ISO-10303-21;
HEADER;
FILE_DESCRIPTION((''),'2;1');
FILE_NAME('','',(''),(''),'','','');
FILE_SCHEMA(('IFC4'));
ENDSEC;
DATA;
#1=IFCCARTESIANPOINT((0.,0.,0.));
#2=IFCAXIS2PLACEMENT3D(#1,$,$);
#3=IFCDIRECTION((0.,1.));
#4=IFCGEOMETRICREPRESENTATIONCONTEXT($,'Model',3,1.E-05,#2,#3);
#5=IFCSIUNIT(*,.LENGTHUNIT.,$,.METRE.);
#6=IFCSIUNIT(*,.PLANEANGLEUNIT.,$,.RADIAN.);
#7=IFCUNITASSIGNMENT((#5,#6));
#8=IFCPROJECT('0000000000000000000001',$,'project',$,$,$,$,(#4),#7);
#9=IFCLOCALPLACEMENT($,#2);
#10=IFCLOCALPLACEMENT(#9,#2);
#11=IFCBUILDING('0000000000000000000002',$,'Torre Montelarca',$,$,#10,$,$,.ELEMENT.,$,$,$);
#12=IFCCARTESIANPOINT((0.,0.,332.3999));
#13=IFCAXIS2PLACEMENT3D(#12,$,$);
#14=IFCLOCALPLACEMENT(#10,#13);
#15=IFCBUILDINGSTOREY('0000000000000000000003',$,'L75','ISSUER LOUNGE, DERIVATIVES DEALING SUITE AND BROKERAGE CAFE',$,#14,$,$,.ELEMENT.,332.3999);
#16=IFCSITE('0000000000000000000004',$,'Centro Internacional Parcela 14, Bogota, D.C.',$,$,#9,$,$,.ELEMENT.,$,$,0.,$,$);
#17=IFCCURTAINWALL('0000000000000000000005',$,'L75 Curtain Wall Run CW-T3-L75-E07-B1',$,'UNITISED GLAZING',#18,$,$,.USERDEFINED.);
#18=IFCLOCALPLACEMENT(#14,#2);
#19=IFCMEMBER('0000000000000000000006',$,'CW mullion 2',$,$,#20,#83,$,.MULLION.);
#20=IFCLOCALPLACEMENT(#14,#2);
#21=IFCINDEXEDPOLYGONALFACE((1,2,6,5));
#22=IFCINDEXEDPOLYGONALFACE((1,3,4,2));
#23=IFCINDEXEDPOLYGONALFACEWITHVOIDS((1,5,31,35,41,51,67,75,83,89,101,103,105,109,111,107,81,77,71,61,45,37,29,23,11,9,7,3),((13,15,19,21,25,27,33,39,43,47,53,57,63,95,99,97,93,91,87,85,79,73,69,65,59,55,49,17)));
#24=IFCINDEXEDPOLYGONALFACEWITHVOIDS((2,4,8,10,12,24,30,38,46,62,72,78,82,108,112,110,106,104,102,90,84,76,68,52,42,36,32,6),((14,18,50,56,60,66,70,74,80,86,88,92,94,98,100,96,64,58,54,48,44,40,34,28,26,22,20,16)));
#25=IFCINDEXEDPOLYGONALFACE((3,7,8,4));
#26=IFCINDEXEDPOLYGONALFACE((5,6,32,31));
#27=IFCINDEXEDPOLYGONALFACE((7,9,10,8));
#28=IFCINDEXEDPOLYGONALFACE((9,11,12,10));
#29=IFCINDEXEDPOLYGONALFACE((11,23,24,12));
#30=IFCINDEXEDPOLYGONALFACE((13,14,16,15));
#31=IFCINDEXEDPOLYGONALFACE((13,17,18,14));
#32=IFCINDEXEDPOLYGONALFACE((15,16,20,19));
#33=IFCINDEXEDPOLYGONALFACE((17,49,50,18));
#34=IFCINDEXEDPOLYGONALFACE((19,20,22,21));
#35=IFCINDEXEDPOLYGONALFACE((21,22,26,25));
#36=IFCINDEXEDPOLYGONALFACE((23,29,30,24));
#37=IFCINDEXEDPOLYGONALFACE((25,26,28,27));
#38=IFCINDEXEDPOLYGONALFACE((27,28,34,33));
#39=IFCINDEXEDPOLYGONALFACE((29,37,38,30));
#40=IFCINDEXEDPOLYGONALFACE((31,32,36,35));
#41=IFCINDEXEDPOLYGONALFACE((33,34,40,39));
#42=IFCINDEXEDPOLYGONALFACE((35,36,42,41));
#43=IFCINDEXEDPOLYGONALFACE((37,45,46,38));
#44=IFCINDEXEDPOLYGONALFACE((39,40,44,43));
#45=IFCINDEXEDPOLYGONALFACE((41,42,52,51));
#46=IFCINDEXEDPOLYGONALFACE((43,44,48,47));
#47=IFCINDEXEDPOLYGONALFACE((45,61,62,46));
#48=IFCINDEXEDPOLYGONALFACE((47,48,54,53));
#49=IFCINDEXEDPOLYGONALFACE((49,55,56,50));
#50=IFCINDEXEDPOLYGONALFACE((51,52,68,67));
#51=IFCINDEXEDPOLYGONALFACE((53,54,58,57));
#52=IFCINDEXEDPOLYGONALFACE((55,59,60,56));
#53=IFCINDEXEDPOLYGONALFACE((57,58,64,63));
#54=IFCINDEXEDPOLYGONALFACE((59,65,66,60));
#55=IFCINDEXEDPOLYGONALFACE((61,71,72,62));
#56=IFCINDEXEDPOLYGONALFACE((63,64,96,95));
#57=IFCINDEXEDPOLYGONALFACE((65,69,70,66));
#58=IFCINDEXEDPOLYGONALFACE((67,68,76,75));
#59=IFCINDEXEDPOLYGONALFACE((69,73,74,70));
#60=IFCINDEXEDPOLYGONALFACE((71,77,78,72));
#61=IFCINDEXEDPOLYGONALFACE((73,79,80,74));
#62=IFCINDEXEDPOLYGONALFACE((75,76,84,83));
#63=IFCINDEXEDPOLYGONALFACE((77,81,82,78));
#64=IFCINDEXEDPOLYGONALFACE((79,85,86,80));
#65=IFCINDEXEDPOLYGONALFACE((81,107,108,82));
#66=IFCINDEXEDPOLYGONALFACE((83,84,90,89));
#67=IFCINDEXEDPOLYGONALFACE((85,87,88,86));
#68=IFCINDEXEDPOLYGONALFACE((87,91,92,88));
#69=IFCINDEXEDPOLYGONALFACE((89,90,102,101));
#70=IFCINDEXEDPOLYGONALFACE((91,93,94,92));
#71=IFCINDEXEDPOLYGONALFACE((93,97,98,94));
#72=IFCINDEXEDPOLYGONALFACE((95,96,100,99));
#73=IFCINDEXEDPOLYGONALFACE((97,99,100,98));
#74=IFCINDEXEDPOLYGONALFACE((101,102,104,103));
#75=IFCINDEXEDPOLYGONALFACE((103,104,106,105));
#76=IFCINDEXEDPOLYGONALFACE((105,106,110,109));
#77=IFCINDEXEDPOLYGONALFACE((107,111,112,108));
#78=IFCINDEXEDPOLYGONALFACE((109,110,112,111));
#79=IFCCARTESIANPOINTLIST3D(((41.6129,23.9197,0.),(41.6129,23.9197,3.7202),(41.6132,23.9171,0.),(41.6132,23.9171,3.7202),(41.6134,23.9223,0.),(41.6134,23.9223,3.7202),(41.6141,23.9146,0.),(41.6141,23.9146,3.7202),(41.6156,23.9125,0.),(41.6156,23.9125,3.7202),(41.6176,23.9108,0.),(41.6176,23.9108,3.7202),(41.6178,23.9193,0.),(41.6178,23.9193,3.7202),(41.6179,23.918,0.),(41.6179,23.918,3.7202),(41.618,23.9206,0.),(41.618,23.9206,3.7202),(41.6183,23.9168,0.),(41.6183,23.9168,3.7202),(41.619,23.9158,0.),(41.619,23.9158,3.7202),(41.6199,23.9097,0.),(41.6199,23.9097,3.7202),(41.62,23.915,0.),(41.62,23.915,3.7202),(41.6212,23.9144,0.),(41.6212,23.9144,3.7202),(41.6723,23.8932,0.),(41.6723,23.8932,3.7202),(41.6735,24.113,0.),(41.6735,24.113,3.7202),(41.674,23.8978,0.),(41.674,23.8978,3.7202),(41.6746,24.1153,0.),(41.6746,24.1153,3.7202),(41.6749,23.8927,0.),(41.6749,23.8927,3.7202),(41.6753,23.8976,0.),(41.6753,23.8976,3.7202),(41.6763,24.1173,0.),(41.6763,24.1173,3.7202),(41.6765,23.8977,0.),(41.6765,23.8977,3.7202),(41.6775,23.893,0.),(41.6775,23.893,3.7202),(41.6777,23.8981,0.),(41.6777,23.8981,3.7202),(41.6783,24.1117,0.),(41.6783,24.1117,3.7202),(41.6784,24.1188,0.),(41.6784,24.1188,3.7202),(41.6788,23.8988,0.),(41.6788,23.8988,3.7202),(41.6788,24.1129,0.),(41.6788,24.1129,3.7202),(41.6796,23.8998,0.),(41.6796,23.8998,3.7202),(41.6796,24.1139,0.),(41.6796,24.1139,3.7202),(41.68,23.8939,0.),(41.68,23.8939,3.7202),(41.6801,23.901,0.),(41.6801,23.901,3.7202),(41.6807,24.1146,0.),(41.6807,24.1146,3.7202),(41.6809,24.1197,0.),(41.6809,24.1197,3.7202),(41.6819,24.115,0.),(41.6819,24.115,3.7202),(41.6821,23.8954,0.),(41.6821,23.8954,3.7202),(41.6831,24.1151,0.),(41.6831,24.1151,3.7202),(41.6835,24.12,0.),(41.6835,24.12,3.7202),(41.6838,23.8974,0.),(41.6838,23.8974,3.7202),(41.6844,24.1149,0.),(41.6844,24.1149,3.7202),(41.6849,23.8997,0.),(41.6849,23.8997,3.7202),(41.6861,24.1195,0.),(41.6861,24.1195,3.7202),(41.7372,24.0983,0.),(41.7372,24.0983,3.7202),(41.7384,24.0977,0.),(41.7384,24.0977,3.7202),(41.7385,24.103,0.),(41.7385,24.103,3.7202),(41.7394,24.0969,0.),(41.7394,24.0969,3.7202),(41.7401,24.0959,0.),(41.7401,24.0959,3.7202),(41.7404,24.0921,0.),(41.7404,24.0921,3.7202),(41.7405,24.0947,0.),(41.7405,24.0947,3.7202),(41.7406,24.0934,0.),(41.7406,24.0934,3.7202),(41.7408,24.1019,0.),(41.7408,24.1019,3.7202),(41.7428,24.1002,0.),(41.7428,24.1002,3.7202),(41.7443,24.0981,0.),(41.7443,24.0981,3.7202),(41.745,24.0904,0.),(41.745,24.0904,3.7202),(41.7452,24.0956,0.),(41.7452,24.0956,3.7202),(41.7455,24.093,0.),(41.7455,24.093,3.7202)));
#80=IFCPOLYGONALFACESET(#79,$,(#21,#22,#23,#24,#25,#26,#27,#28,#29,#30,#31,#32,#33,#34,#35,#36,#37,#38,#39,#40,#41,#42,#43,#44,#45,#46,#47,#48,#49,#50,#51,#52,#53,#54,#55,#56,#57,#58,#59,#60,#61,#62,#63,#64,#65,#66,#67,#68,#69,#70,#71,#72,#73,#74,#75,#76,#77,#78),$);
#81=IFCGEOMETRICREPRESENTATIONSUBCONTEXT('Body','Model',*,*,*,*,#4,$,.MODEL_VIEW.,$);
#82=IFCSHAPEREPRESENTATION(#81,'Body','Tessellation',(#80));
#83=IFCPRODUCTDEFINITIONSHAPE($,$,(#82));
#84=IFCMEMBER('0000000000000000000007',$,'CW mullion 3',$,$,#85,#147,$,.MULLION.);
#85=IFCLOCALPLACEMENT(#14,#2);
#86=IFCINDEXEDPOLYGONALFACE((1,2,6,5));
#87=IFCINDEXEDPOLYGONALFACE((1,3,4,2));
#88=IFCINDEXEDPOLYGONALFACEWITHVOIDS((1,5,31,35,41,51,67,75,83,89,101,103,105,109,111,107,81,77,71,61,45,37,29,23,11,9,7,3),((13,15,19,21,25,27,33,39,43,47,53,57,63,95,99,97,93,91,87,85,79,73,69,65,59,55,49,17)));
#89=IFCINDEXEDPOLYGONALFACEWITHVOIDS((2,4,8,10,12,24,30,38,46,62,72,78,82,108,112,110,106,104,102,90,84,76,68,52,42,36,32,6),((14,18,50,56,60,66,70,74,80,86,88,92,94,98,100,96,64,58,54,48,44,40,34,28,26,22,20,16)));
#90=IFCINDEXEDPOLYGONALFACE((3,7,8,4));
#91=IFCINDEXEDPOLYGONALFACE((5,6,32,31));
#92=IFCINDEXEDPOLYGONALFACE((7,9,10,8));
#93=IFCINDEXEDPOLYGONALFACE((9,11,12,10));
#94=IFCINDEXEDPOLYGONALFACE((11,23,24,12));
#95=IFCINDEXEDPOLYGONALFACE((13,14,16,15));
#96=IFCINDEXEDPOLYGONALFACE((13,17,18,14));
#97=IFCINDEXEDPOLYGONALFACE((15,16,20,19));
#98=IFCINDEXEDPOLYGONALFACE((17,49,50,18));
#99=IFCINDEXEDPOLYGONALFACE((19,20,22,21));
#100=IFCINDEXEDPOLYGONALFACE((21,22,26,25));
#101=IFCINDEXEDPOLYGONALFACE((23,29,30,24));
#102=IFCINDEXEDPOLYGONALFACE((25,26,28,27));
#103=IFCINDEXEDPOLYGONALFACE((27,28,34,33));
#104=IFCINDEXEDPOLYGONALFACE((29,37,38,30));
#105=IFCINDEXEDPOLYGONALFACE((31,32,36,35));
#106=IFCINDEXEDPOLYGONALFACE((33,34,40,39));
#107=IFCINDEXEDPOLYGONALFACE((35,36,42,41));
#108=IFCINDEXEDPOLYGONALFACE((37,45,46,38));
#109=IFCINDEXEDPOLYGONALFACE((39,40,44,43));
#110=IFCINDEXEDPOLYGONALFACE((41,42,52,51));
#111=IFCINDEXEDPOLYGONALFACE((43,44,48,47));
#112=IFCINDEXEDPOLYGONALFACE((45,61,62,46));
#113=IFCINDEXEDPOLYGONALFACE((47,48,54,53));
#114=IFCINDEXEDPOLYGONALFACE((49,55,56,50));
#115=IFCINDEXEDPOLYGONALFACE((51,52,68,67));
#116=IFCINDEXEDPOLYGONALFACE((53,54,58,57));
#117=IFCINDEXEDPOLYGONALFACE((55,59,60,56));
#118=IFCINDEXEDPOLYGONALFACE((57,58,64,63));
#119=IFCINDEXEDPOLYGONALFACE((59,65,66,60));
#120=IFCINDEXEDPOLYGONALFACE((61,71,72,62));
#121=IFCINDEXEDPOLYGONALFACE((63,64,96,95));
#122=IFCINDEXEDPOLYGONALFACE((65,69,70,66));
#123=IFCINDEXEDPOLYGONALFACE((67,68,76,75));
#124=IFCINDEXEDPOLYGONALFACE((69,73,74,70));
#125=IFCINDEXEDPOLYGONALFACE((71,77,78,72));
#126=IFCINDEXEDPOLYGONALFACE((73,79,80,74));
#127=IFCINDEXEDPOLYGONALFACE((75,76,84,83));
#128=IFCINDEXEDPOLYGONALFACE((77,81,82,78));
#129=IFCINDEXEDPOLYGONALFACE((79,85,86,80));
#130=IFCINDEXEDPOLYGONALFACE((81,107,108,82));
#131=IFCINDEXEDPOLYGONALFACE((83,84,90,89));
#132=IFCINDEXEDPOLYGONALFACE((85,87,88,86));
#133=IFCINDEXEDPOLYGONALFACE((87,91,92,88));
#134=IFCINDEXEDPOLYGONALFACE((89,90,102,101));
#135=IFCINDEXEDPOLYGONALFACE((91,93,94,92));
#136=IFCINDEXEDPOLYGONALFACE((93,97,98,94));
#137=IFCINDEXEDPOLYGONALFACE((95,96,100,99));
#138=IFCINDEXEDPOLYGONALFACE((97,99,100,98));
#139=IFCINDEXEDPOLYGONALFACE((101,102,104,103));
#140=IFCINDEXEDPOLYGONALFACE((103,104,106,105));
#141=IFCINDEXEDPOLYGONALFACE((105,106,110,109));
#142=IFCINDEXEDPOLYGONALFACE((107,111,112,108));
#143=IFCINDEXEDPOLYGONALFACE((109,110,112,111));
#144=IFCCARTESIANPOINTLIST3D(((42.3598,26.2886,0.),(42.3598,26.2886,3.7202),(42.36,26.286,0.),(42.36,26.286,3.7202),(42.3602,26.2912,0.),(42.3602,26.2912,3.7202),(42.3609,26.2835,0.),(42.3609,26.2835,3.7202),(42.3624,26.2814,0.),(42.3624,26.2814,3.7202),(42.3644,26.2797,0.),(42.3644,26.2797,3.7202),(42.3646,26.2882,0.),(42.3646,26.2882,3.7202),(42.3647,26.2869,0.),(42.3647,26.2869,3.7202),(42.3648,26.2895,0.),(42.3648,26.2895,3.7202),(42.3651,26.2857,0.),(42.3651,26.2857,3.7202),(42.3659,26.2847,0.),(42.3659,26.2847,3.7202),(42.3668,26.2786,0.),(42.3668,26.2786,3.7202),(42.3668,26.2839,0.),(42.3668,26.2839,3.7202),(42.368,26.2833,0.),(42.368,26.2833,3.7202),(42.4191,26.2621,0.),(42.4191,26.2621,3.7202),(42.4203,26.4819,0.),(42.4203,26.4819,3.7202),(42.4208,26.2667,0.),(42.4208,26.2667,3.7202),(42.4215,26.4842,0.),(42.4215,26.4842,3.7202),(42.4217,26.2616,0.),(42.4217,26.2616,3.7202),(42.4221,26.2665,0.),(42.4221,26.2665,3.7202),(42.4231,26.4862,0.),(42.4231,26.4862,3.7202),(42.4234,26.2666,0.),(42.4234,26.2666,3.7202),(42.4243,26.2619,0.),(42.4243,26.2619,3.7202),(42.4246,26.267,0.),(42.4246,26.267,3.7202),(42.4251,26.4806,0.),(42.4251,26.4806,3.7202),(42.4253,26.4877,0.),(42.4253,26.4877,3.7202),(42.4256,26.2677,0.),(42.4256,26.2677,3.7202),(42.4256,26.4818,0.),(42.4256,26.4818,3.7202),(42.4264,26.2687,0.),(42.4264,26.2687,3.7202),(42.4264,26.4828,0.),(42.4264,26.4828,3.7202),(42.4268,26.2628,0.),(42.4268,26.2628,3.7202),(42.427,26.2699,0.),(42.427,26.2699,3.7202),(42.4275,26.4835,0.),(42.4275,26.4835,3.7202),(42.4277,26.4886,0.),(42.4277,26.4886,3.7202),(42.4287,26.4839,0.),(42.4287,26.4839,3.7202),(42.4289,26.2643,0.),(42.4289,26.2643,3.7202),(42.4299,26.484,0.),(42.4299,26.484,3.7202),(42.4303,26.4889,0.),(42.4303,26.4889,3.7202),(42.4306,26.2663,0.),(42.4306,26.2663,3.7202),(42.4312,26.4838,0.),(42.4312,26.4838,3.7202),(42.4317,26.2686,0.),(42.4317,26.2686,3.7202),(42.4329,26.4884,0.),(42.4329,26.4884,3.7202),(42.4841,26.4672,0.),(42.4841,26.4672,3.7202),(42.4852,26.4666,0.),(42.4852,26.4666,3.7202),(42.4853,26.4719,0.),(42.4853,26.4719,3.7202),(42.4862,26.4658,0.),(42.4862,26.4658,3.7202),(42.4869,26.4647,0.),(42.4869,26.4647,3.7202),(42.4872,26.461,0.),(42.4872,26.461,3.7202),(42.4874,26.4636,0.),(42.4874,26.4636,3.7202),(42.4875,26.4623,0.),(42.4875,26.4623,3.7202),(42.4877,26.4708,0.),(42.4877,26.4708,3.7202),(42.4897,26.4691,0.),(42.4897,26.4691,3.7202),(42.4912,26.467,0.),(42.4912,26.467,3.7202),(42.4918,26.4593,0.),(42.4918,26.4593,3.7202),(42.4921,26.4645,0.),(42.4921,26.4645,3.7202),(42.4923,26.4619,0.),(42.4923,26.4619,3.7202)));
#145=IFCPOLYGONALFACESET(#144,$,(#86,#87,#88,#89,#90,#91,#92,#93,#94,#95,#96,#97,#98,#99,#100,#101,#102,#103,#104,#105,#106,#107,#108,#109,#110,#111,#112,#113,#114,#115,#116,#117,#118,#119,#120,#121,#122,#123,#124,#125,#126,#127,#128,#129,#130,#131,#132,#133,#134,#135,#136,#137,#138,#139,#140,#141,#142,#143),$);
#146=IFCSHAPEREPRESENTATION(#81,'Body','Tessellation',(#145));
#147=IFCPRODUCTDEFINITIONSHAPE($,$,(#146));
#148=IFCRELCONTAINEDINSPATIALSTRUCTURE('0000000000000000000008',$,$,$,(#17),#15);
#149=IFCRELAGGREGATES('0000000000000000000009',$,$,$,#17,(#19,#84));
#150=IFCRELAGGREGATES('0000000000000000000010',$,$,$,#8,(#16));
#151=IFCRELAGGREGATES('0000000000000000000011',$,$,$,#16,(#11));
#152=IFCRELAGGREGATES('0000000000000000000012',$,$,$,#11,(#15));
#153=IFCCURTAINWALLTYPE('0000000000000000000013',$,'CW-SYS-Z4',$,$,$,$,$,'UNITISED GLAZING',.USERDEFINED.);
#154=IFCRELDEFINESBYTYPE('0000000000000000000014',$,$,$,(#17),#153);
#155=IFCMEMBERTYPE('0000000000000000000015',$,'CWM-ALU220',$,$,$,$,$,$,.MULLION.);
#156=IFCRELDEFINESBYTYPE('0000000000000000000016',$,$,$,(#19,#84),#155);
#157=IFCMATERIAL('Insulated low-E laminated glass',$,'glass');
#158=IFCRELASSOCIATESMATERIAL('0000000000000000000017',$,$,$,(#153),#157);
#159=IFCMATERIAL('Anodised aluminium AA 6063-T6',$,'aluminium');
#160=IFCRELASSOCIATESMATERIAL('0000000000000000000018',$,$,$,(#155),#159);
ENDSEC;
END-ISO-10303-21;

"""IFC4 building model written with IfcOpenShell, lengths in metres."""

from ifc_helpers import new_model, si_unit, direction, frame, origin, origin_2d, place, context, subcontext, project, spatial, hollow_rectangle, extrude, source, transform, mapped, material, material_profile, profile_set, type_object, element, aggregate, save


model = new_model("IFC4")

# Units and contexts
model_context = context("Model", 3, precision=1e-05, world=origin(), true_north=direction((0.0, 1.0)))
body_context = subcontext(model_context, "Body", "Model", "MODEL_VIEW")
ifc_project = project(units=[si_unit("LENGTHUNIT", "METRE"), si_unit("PLANEANGLEUNIT", "RADIAN")], contexts=[model_context])

# Site, building, storey
site_placement = place(None, origin())
site = spatial("IfcSite", under=ifc_project, at=site_placement, Name="Centro Internacional Parcela 14, Bogota, D.C.", CompositionType="ELEMENT", RefElevation=0.0)
building_placement = place(site_placement, origin())
building = spatial("IfcBuilding", under=site, at=building_placement, Name="Torre Montelarca", CompositionType="ELEMENT")
storey_placement = place(building_placement, frame((0.0, 0.0, 332.3999)))
storey = spatial("IfcBuildingStorey", under=building, at=storey_placement, Name="L75", Description="ISSUER LOUNGE, DERIVATIVES DEALING SUITE AND BROKERAGE CAFE", CompositionType="ELEMENT", Elevation=332.3999)

# Curtain wall, members
ifc_material_1 = material(Name="Insulated low-E laminated glass", Category="glass")
curtain_wall_type = type_object("IfcCurtainWallType", Name="CW-SYS-Z4", ElementType="UNITISED GLAZING", PredefinedType="USERDEFINED", material=ifc_material_1)
ifc_material_2 = material(Name="Anodised aluminium AA 6063-T6", Category="aluminium")
ifc_material_profile_1 = material_profile(ifc_material_2, hollow_rectangle(XDim=0.075, YDim=0.22, WallThickness=0.0049, InnerFilletRadius=0.0049, OuterFilletRadius=0.01, at=origin_2d()), Name="ALU75X220X5", Category="aluminium")
ifc_profile_set_1 = profile_set([ifc_material_profile_1], Name="Anodised aluminium AA 6063-T6")
member_type_1 = type_object("IfcMemberType", Name="CWM-ALU220", PredefinedType="MULLION", material=ifc_profile_set_1)
shared_shape_1 = source(origin(), body_context, "Body", "SweptSolid", [
    extrude(hollow_rectangle(XDim=0.075, YDim=0.22, WallThickness=0.0049, InnerFilletRadius=0.0049, OuterFilletRadius=0.01, at=origin_2d()), origin(), (0.0, 0.0, 1.0), 3.7202),
])
curtain_wall_1_placement = place(storey_placement, origin())
curtain_wall_1 = element("IfcCurtainWall", 1, at=curtain_wall_1_placement, inside=storey, type_object=curtain_wall_type, Name="L75 Curtain Wall Run CW-T3-L75-E07-B1", ObjectType="UNITISED GLAZING", PredefinedType="USERDEFINED")
member_1_placement = place(storey_placement, frame((41.6792, 24.0063, 0.0), z_axis=(0.0, 0.0, 1.0), x_axis=(-0.953721, 0.300693, 0.0)))
member_1 = element("IfcMember", 2, at=member_1_placement, type_object=member_type_1, Name="CW mullion 2", PredefinedType="MULLION", context=body_context, shape_type="MappedRepresentation", body=[
    mapped(shared_shape_1, transform((0.0, 0.0, 0.0), scale=1.0)),
])
member_2_placement = place(storey_placement, frame((42.426, 26.3752, 0.0), z_axis=(0.0, 0.0, 1.0), x_axis=(-0.953721, 0.300693, 0.0)))
member_2 = element("IfcMember", 3, at=member_2_placement, type_object=member_type_1, Name="CW mullion 3", PredefinedType="MULLION", context=body_context, shape_type="MappedRepresentation", body=[
    mapped(shared_shape_1, transform((0.0, 0.0, 0.0), scale=1.0)),
])

aggregate(curtain_wall_1, [member_1, member_2])

save(model, "model.ifc")
